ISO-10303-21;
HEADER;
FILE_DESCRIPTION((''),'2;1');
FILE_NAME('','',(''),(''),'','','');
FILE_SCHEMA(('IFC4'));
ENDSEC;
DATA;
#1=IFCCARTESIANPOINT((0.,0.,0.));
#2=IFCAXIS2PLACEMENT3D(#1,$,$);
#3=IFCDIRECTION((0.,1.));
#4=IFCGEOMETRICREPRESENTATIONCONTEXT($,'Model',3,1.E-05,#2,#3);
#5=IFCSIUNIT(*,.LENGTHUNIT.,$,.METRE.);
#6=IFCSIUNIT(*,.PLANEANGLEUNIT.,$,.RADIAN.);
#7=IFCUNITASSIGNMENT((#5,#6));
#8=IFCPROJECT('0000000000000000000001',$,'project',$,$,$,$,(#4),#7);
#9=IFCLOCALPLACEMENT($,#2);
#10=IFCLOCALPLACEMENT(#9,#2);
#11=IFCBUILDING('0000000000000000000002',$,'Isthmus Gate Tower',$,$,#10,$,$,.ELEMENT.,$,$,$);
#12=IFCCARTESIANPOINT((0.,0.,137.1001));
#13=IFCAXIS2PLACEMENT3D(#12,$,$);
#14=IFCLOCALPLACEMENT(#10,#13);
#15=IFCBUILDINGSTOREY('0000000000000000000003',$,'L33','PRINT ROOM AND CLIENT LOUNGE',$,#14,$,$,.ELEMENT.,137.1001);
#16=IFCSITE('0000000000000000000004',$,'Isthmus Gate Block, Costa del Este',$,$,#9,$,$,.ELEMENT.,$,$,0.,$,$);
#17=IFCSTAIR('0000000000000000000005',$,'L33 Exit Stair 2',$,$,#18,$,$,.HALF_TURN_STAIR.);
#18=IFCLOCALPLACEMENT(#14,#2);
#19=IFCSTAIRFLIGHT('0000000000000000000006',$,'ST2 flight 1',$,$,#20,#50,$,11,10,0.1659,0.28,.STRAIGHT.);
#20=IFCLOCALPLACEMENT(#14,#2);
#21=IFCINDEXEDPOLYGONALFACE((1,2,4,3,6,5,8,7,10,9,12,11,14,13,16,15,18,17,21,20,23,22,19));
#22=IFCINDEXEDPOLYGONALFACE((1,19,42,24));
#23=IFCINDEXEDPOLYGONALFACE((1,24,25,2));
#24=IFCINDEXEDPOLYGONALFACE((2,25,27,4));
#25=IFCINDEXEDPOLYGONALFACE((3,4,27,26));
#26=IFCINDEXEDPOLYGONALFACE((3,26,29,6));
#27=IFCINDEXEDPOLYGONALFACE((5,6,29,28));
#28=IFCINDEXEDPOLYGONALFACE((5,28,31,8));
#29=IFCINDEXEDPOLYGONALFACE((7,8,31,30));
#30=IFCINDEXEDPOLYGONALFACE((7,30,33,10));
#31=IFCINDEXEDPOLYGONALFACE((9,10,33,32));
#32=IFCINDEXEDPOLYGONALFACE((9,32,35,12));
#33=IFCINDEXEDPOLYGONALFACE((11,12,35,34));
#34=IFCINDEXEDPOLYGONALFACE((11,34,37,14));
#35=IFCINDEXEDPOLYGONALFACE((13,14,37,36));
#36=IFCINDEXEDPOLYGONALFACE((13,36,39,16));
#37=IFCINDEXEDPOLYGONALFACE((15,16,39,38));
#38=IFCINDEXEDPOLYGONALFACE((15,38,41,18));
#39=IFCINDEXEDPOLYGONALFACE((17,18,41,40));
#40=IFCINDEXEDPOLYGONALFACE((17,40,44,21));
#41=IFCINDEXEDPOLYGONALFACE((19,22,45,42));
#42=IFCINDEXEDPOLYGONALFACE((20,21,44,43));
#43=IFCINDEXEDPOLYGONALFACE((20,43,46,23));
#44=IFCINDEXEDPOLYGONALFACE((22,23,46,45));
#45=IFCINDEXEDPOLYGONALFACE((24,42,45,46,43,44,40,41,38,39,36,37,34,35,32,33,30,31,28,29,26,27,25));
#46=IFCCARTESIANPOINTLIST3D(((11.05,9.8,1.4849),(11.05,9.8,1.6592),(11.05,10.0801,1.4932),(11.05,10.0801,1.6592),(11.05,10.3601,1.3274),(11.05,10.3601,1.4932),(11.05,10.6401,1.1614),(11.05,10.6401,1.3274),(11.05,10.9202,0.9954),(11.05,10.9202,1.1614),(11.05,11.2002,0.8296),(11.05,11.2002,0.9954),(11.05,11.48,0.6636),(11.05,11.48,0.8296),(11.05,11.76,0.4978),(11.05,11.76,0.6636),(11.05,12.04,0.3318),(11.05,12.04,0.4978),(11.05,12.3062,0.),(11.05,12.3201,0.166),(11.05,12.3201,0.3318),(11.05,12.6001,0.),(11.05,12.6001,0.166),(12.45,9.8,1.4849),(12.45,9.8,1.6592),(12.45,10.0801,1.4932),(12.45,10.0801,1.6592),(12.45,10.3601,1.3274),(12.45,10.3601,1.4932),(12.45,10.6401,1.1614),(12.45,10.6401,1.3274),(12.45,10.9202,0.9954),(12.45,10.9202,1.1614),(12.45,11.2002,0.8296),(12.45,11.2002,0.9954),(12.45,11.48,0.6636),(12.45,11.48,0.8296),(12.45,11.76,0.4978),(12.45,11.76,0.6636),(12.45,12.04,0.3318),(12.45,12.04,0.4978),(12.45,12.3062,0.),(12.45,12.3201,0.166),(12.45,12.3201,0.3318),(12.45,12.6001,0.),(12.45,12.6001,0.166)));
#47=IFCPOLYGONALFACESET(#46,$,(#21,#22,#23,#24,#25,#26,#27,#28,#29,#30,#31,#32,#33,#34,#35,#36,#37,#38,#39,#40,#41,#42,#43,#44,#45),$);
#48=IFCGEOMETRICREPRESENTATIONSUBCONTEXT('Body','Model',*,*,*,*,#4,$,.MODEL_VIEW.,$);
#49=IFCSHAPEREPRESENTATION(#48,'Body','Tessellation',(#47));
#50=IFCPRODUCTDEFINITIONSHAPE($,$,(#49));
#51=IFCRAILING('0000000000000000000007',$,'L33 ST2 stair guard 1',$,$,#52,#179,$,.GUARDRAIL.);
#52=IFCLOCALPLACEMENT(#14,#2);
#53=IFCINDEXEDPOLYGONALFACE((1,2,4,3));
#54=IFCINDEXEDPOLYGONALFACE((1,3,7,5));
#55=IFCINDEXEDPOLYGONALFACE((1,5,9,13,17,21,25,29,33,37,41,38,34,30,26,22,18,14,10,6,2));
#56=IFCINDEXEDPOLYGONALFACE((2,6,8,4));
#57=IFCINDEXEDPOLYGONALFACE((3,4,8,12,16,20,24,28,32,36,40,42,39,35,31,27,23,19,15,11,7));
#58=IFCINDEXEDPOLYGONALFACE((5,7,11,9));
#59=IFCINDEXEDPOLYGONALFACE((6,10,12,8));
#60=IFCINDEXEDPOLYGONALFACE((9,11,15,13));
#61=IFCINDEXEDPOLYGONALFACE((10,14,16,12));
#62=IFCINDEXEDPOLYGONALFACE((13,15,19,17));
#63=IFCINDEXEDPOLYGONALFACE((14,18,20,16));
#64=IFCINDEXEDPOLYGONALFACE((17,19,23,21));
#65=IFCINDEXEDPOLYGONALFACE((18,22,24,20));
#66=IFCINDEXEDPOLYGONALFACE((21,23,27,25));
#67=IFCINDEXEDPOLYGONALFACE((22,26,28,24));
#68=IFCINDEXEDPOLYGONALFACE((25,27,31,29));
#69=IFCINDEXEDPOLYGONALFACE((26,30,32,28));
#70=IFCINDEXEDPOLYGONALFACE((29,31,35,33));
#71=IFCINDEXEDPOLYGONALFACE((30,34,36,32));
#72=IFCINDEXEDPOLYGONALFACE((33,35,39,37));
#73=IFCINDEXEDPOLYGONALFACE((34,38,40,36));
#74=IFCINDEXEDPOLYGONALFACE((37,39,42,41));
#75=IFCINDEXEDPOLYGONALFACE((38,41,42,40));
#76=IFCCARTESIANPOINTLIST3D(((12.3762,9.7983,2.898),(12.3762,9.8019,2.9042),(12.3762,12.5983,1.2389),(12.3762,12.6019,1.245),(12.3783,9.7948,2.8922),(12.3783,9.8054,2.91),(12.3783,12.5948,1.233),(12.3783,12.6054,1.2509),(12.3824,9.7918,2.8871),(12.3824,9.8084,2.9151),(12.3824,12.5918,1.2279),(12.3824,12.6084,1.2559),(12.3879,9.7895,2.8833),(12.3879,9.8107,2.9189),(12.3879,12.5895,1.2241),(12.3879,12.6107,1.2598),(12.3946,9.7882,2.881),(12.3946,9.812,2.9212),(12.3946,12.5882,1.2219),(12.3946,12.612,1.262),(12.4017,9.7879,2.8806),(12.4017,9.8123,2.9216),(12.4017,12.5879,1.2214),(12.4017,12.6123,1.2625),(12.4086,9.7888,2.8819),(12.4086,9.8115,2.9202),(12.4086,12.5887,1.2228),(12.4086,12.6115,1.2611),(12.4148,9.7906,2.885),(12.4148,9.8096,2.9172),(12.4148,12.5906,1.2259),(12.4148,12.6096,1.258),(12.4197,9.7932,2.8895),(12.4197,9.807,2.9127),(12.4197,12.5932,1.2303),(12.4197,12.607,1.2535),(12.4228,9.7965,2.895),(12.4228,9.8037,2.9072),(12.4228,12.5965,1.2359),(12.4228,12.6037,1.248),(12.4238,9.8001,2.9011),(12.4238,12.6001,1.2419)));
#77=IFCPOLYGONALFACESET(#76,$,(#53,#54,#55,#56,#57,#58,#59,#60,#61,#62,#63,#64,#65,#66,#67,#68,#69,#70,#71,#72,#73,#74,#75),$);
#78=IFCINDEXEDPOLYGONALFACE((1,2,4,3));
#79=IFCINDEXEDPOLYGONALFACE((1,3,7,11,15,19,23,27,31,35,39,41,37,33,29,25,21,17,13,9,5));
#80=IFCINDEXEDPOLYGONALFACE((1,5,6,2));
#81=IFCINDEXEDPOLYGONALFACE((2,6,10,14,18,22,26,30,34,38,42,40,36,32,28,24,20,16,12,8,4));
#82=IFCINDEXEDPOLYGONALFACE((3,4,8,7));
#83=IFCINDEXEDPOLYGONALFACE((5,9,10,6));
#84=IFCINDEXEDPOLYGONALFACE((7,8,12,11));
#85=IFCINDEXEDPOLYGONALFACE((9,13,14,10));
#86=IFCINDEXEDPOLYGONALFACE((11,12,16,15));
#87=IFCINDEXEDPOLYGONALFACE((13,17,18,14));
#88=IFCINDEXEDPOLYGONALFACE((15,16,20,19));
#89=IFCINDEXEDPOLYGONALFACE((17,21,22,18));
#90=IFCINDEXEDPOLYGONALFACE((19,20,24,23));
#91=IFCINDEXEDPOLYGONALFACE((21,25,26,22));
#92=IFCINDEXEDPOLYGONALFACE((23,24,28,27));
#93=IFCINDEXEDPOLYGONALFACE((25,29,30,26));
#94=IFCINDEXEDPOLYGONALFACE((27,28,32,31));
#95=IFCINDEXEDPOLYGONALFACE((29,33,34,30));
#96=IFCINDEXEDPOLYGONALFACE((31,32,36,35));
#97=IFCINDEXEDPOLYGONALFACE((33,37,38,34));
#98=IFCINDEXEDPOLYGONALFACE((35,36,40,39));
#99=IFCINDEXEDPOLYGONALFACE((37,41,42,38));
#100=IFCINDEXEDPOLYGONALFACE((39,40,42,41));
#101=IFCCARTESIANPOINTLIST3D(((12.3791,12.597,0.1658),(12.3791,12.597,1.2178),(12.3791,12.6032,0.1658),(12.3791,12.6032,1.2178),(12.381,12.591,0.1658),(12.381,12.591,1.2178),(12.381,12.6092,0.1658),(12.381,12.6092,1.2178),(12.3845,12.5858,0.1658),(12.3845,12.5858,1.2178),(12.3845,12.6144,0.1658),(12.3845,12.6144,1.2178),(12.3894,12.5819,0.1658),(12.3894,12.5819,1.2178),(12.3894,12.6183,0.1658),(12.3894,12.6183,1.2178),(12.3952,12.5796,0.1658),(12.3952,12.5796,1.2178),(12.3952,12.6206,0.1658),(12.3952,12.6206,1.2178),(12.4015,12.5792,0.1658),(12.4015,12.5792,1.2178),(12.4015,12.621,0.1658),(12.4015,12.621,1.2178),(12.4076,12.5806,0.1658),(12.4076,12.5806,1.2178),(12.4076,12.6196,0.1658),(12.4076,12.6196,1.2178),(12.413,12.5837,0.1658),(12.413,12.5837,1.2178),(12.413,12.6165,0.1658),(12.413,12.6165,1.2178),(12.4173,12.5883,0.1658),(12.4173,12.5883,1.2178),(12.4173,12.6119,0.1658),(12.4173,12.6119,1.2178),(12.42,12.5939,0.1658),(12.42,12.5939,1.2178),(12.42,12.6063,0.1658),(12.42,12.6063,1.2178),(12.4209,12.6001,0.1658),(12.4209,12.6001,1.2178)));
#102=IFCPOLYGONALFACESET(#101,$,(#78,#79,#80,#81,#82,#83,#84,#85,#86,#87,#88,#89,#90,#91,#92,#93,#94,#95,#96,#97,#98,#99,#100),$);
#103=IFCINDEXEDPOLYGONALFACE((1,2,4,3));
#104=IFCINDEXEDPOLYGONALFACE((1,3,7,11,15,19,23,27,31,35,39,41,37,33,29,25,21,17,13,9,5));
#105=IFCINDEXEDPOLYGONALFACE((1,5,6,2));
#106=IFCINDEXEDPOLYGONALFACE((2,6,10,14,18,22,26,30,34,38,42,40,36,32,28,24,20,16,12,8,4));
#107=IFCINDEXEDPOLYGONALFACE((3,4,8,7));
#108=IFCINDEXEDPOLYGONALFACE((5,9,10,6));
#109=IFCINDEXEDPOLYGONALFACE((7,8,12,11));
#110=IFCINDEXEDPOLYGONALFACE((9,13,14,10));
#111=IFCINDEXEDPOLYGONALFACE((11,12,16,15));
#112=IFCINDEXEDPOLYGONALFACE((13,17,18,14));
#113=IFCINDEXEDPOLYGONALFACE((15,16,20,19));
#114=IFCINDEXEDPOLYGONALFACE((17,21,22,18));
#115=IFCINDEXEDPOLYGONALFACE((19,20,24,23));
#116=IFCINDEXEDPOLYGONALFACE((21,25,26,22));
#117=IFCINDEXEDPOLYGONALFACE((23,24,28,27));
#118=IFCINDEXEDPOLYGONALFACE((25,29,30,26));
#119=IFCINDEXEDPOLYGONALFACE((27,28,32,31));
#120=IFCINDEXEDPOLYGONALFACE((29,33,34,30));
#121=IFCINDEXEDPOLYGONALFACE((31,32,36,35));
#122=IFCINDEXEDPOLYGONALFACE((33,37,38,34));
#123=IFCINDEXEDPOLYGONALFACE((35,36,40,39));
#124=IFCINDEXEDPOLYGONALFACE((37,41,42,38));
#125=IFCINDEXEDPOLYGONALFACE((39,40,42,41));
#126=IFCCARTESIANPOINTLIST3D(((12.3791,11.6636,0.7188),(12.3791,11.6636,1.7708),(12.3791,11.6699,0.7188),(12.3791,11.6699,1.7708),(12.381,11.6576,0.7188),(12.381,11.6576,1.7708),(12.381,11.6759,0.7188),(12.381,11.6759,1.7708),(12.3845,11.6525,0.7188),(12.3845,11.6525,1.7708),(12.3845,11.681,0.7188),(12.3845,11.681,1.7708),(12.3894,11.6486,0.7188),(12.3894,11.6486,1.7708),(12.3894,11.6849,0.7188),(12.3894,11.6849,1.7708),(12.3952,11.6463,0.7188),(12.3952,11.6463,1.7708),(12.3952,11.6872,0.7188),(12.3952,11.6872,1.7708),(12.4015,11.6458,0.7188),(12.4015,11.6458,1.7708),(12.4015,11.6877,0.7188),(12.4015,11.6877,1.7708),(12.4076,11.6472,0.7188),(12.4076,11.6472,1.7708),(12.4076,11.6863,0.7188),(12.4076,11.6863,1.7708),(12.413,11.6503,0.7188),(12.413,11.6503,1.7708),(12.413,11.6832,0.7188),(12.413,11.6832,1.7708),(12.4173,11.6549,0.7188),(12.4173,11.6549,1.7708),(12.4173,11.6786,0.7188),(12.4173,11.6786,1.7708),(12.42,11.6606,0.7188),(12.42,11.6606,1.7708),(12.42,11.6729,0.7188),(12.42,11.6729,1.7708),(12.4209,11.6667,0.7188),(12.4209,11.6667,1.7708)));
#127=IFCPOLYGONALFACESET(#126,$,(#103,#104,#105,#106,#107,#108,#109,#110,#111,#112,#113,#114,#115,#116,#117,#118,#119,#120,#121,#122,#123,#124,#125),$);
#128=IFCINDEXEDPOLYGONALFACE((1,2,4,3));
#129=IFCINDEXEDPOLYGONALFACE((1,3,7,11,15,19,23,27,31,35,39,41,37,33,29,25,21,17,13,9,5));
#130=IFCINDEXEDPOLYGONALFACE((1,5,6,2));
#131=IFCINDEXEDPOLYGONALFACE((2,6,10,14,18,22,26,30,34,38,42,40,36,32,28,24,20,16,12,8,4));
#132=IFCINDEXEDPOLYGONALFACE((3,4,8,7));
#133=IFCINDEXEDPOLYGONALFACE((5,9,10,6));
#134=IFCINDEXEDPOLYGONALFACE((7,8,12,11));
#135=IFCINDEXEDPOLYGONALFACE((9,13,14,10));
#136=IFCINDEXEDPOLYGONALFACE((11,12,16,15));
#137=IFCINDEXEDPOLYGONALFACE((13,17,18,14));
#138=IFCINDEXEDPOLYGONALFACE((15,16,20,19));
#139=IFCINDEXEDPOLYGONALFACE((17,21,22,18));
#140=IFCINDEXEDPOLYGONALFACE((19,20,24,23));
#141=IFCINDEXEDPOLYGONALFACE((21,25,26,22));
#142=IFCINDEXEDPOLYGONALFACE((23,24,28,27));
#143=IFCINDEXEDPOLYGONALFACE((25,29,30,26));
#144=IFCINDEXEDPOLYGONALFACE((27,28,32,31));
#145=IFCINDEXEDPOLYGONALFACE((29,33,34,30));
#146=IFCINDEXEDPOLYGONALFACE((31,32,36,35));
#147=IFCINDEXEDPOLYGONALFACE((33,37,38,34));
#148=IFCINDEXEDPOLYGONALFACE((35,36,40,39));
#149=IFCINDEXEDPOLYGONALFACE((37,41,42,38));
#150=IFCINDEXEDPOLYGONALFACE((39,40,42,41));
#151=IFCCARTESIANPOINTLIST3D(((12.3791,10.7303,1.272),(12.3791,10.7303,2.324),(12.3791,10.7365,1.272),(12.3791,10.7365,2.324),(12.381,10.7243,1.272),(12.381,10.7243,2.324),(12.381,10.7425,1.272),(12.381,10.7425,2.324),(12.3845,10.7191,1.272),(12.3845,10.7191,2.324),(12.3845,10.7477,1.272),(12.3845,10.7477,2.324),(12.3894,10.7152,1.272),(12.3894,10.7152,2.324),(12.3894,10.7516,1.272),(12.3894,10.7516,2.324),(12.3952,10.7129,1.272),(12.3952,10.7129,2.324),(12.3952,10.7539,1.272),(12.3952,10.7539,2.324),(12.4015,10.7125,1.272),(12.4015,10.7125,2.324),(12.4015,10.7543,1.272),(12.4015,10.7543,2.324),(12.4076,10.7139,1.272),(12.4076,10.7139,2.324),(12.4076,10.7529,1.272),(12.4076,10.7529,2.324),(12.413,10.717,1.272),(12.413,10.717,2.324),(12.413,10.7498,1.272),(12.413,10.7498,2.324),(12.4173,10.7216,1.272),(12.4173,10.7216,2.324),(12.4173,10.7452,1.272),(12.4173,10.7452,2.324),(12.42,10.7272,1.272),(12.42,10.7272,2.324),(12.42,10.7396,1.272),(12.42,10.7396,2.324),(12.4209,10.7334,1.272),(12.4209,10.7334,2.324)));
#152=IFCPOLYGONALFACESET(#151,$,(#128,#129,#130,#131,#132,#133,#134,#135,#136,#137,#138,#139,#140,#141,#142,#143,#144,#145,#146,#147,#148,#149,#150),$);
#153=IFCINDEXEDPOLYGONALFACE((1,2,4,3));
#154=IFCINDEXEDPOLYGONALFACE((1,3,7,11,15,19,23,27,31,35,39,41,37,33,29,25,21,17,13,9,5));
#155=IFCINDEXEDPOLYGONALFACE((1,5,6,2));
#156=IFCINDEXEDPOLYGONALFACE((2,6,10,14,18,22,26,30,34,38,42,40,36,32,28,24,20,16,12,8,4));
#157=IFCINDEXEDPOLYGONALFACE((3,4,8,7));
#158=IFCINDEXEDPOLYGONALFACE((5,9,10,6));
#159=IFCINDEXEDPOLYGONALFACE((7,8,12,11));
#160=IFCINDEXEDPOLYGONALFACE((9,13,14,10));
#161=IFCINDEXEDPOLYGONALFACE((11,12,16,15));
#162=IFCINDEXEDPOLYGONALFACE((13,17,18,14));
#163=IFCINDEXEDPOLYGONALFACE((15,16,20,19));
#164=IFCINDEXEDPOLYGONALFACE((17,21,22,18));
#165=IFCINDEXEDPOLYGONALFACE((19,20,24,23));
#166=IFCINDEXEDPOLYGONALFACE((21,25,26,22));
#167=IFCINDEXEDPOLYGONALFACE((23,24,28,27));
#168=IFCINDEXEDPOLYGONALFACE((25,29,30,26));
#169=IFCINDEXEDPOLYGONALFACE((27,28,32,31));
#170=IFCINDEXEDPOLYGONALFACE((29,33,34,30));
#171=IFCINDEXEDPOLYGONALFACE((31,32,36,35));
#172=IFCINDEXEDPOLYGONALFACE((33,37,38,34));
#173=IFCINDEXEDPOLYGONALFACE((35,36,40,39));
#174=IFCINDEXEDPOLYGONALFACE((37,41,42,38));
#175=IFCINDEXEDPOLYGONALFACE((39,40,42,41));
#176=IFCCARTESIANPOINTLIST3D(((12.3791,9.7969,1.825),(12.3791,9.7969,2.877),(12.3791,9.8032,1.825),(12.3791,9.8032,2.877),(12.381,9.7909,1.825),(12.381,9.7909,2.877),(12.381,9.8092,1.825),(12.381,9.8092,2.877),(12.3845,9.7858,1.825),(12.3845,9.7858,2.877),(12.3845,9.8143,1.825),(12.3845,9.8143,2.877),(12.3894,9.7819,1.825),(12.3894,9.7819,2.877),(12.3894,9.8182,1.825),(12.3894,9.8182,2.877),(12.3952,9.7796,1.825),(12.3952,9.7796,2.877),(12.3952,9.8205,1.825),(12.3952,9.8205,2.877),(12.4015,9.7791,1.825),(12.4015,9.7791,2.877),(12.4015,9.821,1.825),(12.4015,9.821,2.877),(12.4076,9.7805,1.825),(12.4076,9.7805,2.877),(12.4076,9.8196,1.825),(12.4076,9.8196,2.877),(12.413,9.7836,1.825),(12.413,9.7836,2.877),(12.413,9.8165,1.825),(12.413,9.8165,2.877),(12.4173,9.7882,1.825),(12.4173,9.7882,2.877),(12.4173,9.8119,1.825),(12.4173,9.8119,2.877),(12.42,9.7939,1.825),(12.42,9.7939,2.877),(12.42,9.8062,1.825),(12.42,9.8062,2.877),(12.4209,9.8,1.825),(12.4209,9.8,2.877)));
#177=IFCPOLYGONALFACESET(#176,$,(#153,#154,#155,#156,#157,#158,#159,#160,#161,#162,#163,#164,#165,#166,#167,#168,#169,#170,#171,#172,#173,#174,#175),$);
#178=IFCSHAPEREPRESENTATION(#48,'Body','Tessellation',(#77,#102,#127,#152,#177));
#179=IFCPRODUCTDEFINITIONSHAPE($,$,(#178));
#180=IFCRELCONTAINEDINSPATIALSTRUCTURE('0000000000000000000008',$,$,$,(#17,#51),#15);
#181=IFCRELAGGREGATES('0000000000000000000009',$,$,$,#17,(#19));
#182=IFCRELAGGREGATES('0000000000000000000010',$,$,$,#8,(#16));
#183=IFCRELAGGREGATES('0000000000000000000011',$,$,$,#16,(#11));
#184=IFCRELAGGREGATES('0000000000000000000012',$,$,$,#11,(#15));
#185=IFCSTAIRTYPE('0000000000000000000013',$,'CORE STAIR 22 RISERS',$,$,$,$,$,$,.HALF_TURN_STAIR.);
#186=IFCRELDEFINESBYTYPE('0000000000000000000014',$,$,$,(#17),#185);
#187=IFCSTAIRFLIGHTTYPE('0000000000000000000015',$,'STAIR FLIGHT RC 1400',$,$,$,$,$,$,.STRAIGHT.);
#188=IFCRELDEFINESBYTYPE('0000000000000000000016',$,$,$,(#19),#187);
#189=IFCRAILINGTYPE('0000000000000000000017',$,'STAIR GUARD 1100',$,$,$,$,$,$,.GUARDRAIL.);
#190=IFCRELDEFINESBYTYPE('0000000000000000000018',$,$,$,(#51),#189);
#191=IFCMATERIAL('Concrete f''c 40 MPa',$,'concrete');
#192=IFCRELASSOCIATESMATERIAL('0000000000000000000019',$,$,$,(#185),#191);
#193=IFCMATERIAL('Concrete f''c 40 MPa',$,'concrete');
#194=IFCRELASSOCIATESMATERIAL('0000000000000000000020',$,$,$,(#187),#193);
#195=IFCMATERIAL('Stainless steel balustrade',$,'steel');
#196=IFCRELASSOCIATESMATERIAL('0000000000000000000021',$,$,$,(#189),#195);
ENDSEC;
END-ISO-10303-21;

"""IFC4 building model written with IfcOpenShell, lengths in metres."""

from ifc_helpers import new_model, si_unit, direction, frame, origin, origin_2d, place, context, subcontext, project, spatial, polyline, circle, outline, extrude, material, type_object, element, aggregate, save


model = new_model("IFC4")

# Units and contexts
model_context = context("Model", 3, precision=1e-05, world=origin(), true_north=direction((0.0, 1.0)))
body_context = subcontext(model_context, "Body", "Model", "MODEL_VIEW")
ifc_project = project(units=[si_unit("LENGTHUNIT", "METRE"), si_unit("PLANEANGLEUNIT", "RADIAN")], contexts=[model_context])

# Site, building, storey
site_placement = place(None, origin())
site = spatial("IfcSite", under=ifc_project, at=site_placement, Name="Isthmus Gate Block, Costa del Este", CompositionType="ELEMENT", RefElevation=0.0)
building_placement = place(site_placement, origin())
building = spatial("IfcBuilding", under=site, at=building_placement, Name="Isthmus Gate Tower", CompositionType="ELEMENT")
storey_placement = place(building_placement, frame((0.0, 0.0, 137.1001)))
storey = spatial("IfcBuildingStorey", under=building, at=storey_placement, Name="L33", Description="PRINT ROOM AND CLIENT LOUNGE", CompositionType="ELEMENT", Elevation=137.1001)

# Stair, stair flight
ifc_material_1 = material(Name="Concrete f'c 40 MPa", Category="concrete")
stair_type = type_object("IfcStairType", Name="CORE STAIR 22 RISERS", PredefinedType="HALF_TURN_STAIR", material=ifc_material_1)
stair_placement = place(storey_placement, origin())
stair = element("IfcStair", 1, at=stair_placement, inside=storey, type_object=stair_type, Name="L33 Exit Stair 2", PredefinedType="HALF_TURN_STAIR")
ifc_material_2 = material(Name="Concrete f'c 40 MPa", Category="concrete")
stair_flight_type = type_object("IfcStairFlightType", Name="STAIR FLIGHT RC 1400", PredefinedType="STRAIGHT", material=ifc_material_2)
stair_flight_placement = place(storey_placement, frame((11.75, 12.6001, 0.0), z_axis=(0.0, 0.0, 1.0), x_axis=(0.0, -1.0, 0.0)))
stair_flight = element("IfcStairFlight", 2, at=stair_flight_placement, type_object=stair_flight_type, Name="ST2 flight 1", NumberOfRisers=11, NumberOfTreads=10, PredefinedType="STRAIGHT", RiserHeight=0.1659, TreadLength=0.28, context=body_context, shape_type="SweptSolid", body=[
    extrude(outline(polyline([(0.0, 0.0), (0.0, 0.166), (0.28, 0.166), (0.28, 0.3318), (0.5601, 0.3318), (0.5601, 0.4978), (0.8401, 0.4978), (0.8401, 0.6636), (1.1201, 0.6636), (1.1201, 0.8296), (1.3999, 0.8296), (1.3999, 0.9954), (1.6799, 0.9954), (1.6799, 1.1614), (1.96, 1.1614), (1.96, 1.3274), (2.24, 1.3274), (2.24, 1.4932), (2.52, 1.4932), (2.52, 1.6592), (2.8, 1.6592), (2.8, 1.825), (2.8, 1.4849), (0.2939, 0.0), (0.0, 0.0)])), frame((0.0, 0.7, 0.0), z_axis=(0.0, -1.0, 0.0), x_axis=(1.0, 0.0, 0.0)), (0.0, 0.0, 1.0), 1.3999),
])
aggregate(stair, [stair_flight])

# Railing
ifc_material_3 = material(Name="Stainless steel balustrade", Category="steel")
railing_type = type_object("IfcRailingType", Name="STAIR GUARD 1100", PredefinedType="GUARDRAIL", material=ifc_material_3)
railing_1_placement = place(storey_placement, frame((12.3999, 12.6001, 0.1658)))
element("IfcRailing", 3, at=railing_1_placement, inside=storey, type_object=railing_type, Name="L33 ST2 stair guard 1", PredefinedType="GUARDRAIL", context=body_context, shape_type="SweptSolid", body=[
    extrude(circle(Radius=0.0239, at=origin_2d()), frame((0.0, 0.0, 1.0762), z_axis=(0.0, -0.860306, 0.509778), x_axis=(1.0, 0.0, 0.0)), (0.0, 0.0, 1.0), 3.2546),
    extrude(circle(Radius=0.021, at=origin_2d()), origin(), (0.0, 0.0, 1.0), 1.052),
    extrude(circle(Radius=0.021, at=origin_2d()), frame((0.0, -0.9333, 0.553)), (0.0, 0.0, 1.0), 1.052),
    extrude(circle(Radius=0.021, at=origin_2d()), frame((0.0, -1.8667, 1.1062)), (0.0, 0.0, 1.0), 1.052),
    extrude(circle(Radius=0.021, at=origin_2d()), frame((0.0, -2.8, 1.6592)), (0.0, 0.0, 1.0), 1.052),
])

save(model, "model.ifc")
